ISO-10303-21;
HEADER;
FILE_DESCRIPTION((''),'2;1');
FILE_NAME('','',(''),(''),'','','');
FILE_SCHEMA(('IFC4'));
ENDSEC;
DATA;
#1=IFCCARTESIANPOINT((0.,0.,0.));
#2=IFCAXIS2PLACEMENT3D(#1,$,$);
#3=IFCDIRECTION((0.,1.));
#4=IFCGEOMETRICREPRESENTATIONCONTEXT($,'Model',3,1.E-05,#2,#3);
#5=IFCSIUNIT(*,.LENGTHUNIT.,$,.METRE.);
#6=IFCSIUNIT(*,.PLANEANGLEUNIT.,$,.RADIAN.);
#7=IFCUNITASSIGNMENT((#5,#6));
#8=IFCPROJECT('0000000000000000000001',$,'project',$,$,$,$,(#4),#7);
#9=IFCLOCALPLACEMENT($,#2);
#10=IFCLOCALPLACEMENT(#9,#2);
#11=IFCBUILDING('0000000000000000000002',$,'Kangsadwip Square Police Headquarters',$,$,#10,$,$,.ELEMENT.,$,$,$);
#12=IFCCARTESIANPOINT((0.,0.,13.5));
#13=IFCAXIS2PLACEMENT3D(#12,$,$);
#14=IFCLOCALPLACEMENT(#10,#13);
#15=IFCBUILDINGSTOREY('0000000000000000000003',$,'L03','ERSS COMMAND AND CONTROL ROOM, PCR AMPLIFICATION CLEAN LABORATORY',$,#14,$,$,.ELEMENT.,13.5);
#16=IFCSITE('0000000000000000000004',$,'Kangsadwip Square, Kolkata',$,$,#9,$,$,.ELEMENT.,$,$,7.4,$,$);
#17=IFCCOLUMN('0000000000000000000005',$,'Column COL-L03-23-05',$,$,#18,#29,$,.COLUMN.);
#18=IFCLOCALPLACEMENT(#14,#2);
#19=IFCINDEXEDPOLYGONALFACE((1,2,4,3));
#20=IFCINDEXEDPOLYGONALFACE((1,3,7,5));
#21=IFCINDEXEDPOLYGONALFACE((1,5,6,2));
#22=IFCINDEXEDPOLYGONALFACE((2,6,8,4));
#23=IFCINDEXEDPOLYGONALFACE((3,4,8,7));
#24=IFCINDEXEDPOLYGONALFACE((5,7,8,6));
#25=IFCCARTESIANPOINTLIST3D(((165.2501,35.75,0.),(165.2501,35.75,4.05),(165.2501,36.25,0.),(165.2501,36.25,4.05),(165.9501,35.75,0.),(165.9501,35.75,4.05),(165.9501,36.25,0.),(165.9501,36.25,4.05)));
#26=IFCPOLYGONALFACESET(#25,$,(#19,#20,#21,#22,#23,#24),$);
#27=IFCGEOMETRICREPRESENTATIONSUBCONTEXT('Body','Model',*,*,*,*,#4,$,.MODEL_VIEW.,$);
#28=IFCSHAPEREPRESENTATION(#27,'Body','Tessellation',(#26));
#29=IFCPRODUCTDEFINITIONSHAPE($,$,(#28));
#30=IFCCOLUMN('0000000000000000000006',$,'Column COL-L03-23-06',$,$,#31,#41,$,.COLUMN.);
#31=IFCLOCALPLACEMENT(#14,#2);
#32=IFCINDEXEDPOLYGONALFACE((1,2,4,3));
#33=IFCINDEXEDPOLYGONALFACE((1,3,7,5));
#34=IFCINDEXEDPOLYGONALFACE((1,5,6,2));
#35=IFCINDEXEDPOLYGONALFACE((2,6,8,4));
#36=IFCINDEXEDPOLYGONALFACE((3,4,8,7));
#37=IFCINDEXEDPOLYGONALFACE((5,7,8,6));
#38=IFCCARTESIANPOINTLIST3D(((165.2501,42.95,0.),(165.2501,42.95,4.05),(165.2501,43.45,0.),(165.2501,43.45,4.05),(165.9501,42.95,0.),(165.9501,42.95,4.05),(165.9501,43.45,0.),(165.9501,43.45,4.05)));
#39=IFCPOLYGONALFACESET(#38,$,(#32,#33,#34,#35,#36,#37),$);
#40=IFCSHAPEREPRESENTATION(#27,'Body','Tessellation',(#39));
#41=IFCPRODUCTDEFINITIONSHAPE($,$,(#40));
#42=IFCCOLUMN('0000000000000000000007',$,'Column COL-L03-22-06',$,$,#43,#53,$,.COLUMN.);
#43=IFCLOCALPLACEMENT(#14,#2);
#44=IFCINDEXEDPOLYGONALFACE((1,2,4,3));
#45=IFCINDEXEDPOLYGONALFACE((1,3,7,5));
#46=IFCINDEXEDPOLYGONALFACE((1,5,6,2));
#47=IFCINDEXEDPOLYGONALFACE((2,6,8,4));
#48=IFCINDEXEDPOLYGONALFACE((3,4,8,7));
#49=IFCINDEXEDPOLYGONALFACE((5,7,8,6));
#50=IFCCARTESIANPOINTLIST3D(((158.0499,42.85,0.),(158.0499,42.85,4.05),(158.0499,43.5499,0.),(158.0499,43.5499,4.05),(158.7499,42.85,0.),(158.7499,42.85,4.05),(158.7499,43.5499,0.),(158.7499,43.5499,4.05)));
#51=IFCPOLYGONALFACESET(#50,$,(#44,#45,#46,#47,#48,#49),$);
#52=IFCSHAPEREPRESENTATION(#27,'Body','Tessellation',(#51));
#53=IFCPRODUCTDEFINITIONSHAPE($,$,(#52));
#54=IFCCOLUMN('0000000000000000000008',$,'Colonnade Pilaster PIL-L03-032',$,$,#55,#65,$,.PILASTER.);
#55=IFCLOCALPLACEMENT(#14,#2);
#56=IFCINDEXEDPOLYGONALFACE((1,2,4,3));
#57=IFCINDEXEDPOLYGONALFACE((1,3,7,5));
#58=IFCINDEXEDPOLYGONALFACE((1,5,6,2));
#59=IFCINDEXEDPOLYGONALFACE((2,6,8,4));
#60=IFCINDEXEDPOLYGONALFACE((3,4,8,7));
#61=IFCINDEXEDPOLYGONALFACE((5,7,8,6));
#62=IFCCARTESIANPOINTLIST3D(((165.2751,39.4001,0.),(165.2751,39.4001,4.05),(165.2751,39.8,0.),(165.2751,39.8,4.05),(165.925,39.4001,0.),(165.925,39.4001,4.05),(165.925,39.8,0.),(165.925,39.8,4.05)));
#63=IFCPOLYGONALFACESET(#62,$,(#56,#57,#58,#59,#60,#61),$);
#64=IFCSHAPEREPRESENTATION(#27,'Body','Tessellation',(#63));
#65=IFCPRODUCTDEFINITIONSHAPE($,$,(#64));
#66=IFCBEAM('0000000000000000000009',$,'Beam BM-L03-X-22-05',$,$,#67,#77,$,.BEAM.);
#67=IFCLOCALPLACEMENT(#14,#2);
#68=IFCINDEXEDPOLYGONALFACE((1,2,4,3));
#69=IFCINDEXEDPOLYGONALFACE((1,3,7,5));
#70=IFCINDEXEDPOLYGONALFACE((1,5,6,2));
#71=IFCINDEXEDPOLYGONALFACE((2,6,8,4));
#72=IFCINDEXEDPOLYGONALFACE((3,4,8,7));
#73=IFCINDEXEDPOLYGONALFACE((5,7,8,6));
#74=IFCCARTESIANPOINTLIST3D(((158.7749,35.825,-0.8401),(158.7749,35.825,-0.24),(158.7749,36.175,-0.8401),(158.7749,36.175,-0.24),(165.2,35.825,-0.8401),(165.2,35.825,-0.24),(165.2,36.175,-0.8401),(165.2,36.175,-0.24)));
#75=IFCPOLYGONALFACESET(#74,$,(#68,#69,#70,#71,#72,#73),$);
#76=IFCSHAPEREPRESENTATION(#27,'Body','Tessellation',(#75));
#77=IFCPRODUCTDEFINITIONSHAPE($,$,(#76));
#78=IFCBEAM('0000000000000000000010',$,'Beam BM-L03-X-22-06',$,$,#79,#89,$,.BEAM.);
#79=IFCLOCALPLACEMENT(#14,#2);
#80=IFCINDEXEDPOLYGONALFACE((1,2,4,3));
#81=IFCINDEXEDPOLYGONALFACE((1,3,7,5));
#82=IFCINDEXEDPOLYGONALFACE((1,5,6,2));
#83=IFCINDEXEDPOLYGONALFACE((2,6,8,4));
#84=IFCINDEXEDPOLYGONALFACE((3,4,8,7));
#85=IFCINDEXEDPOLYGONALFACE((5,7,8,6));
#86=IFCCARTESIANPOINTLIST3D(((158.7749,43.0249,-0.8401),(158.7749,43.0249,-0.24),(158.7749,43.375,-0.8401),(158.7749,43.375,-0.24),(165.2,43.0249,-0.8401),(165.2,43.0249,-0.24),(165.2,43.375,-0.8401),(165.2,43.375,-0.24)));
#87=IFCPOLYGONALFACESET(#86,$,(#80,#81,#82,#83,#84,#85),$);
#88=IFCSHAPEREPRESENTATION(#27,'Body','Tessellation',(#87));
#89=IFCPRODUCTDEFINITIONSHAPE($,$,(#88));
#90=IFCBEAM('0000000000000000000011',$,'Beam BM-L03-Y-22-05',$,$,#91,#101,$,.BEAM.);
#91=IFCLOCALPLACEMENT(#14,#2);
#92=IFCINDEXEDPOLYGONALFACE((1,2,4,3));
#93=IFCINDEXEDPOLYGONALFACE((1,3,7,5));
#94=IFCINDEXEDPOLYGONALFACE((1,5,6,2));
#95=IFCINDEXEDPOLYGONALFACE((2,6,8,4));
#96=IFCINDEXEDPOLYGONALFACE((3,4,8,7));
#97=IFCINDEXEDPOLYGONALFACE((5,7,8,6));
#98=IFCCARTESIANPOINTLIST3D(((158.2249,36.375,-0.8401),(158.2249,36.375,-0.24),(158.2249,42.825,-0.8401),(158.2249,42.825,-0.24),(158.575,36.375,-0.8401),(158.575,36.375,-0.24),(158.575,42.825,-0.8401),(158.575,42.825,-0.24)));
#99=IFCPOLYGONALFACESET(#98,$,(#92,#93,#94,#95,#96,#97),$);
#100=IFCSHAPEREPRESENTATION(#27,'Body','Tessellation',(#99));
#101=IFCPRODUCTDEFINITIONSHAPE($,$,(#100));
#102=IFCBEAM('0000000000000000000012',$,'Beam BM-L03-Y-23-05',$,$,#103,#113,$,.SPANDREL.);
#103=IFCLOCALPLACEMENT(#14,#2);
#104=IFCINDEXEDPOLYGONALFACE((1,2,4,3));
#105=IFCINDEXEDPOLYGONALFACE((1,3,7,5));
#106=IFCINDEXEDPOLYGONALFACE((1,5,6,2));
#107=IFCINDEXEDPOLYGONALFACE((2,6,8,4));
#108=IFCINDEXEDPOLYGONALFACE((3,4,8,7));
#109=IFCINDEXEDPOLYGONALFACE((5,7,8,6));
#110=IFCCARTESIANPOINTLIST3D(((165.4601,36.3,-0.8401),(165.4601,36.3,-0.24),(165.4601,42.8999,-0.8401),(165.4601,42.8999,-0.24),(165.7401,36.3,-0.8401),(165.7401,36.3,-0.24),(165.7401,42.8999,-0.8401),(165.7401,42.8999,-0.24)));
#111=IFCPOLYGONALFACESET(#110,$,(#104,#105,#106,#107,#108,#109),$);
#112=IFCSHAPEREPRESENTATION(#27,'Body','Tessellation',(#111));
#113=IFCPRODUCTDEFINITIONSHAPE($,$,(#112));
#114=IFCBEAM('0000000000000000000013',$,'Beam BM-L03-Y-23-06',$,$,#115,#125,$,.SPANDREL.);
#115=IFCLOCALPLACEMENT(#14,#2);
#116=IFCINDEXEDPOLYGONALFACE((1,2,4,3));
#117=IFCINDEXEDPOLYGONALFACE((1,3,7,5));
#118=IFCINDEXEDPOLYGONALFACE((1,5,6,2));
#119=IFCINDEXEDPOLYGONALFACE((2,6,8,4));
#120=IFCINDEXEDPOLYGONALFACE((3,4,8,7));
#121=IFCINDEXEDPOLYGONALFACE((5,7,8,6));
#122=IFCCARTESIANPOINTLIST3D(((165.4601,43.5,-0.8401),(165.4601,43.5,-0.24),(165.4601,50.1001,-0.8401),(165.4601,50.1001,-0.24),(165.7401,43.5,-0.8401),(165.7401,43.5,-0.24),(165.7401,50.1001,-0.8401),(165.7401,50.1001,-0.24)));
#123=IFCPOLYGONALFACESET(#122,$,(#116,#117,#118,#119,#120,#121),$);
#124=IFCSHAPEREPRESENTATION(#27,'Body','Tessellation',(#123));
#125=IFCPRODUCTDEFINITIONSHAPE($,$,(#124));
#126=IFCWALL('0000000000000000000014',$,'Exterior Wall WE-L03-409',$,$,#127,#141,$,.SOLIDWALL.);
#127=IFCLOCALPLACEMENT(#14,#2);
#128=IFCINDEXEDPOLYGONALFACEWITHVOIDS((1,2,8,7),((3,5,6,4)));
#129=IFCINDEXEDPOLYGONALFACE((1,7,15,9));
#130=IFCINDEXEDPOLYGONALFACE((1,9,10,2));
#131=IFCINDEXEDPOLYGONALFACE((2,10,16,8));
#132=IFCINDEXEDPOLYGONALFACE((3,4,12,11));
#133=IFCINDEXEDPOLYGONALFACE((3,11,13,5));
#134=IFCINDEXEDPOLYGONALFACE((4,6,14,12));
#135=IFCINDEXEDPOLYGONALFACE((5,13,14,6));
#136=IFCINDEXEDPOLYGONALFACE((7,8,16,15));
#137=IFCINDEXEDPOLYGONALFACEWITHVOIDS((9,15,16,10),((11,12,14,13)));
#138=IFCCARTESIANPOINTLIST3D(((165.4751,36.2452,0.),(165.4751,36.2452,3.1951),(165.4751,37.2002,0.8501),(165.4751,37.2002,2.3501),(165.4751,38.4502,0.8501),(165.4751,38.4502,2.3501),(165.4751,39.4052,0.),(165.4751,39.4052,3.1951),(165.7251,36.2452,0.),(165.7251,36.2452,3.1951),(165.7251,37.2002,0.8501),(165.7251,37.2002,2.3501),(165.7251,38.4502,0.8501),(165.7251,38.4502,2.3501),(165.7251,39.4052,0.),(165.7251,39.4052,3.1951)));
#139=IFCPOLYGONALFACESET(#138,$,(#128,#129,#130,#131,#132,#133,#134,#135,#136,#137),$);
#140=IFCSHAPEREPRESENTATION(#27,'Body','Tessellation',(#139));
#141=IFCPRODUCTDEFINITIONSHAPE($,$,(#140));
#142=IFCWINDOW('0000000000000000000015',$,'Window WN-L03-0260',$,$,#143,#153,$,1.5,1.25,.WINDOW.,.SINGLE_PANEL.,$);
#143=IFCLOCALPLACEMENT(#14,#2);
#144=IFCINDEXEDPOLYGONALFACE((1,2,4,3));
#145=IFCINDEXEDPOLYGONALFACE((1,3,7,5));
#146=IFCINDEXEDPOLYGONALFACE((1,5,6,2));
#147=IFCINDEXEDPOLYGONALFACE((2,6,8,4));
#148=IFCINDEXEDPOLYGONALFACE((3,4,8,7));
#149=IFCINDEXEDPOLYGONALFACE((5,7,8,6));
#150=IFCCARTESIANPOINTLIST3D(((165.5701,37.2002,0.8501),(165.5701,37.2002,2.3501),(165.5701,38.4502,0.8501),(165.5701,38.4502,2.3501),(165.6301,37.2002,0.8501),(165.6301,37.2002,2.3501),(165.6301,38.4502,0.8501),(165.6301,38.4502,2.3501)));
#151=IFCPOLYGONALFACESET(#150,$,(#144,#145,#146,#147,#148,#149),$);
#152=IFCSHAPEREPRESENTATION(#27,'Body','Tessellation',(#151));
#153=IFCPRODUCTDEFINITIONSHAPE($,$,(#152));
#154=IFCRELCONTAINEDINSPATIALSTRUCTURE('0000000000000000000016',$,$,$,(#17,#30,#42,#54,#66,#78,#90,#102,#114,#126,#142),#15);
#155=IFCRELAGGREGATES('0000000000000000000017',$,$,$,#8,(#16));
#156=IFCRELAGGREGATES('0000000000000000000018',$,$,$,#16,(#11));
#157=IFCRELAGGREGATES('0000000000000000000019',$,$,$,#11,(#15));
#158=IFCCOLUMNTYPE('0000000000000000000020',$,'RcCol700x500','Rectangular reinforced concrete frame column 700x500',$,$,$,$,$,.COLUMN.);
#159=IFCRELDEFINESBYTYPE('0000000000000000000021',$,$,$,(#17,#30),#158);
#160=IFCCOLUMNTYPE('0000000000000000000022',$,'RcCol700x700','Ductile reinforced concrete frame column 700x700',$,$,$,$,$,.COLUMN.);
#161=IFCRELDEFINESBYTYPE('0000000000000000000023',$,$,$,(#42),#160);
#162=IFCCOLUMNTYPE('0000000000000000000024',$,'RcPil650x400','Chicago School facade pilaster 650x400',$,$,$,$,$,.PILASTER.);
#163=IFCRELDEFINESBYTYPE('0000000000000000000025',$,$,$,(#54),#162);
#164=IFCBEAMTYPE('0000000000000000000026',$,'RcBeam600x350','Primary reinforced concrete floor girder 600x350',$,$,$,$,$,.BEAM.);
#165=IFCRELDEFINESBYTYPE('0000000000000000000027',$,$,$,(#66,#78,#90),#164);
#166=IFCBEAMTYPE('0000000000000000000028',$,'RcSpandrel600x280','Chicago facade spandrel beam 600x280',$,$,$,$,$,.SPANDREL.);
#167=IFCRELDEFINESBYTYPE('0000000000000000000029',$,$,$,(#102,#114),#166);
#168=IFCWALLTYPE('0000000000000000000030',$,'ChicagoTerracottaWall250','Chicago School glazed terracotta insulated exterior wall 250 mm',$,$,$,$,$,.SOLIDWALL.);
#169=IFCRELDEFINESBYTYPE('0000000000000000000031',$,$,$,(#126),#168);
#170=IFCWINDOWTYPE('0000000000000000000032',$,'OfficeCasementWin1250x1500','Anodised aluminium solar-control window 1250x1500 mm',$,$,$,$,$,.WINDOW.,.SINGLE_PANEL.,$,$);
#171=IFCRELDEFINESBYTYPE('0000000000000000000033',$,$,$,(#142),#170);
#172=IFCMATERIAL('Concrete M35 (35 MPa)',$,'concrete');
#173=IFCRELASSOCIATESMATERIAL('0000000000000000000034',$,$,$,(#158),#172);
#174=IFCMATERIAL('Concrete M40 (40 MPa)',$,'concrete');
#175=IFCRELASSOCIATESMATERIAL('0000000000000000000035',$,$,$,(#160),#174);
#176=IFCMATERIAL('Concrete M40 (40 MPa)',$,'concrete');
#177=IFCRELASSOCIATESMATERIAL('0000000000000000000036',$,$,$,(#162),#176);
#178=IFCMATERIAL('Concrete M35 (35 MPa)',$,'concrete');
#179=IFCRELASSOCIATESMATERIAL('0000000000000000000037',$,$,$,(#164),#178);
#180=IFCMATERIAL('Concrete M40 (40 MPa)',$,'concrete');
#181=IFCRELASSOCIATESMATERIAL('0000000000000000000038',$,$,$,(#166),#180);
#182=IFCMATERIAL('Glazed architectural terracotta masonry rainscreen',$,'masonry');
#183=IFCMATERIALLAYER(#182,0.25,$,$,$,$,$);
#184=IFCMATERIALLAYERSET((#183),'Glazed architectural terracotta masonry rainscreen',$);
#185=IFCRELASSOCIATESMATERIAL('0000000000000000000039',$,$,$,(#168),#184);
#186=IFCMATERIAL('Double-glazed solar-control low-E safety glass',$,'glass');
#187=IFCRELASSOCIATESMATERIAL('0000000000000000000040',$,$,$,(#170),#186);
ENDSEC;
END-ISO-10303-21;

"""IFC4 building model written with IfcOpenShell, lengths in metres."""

from ifc_helpers import new_model, si_unit, direction, frame, frame_2d, origin, origin_2d, place, context, subcontext, project, spatial, rectangle, extrude, material, layer, layer_set, material_profile, profile_set, type_object, element, fill, save


model = new_model("IFC4")

# Units and contexts
model_context = context("Model", 3, precision=1e-05, world=origin(), true_north=direction((0.0, 1.0)))
body_context = subcontext(model_context, "Body", "Model", "MODEL_VIEW")
ifc_project = project(units=[si_unit("LENGTHUNIT", "METRE"), si_unit("PLANEANGLEUNIT", "RADIAN")], contexts=[model_context])

# Site, building, storey
site_placement = place(None, origin())
site = spatial("IfcSite", under=ifc_project, at=site_placement, Name="Kangsadwip Square, Kolkata", CompositionType="ELEMENT", RefElevation=7.4)
building_placement = place(site_placement, origin())
building = spatial("IfcBuilding", under=site, at=building_placement, Name="Kangsadwip Square Police Headquarters", CompositionType="ELEMENT")
storey_placement = place(building_placement, frame((0.0, 0.0, 13.5)))
storey = spatial("IfcBuildingStorey", under=building, at=storey_placement, Name="L03", Description="ERSS COMMAND AND CONTROL ROOM, PCR AMPLIFICATION CLEAN LABORATORY", CompositionType="ELEMENT", Elevation=13.5)

# Columns
ifc_material_1 = material(Name="Concrete M35 (35 MPa)", Category="concrete")
ifc_material_profile_1 = material_profile(ifc_material_1, rectangle(XDim=0.5, YDim=0.7, at=origin_2d()), Name="RC COL 700X500")
ifc_profile_set_1 = profile_set([ifc_material_profile_1], Name="Concrete M35 (35 MPa)")
column_type_1 = type_object("IfcColumnType", Name="RcCol700x500", Description="Rectangular reinforced concrete frame column 700x500", PredefinedType="COLUMN", material=ifc_profile_set_1)
for number, where, z_axis, x_axis, name in (
    (1, (165.6001, 36.0, 0.0), (0.0, 0.0, 1.0), (0.0, 1.0, 0.0), "Column COL-L03-23-05"),
    (2, (165.6001, 43.2, 0.0), (0.0, 0.0, 1.0), (0.0, 1.0, 0.0), "Column COL-L03-23-06"),
):
    element("IfcColumn", number, at=place(storey_placement, frame(where, z_axis=z_axis, x_axis=x_axis)), inside=storey, type_object=column_type_1, Name=name, PredefinedType="COLUMN", context=body_context, shape_type="SweptSolid", body=[
        extrude(rectangle(XDim=0.5, YDim=0.7, at=origin_2d()), origin(), (0.0, 0.0, 1.0), 4.05),
    ])
ifc_material_2 = material(Name="Concrete M40 (40 MPa)", Category="concrete")
ifc_material_profile_2 = material_profile(ifc_material_2, rectangle(XDim=0.7, YDim=0.7, at=origin_2d()), Name="RC COL 700X700")
ifc_profile_set_2 = profile_set([ifc_material_profile_2], Name="Concrete M40 (40 MPa)")
column_type_2 = type_object("IfcColumnType", Name="RcCol700x700", Description="Ductile reinforced concrete frame column 700x700", PredefinedType="COLUMN", material=ifc_profile_set_2)
column_1_placement = place(storey_placement, frame((158.3999, 43.2, 0.0), z_axis=(0.0, 0.0, 1.0), x_axis=(1.0, 0.0, 0.0)))
element("IfcColumn", 3, at=column_1_placement, inside=storey, type_object=column_type_2, Name="Column COL-L03-22-06", PredefinedType="COLUMN", context=body_context, shape_type="SweptSolid", body=[
    extrude(rectangle(XDim=0.7, YDim=0.7, at=origin_2d()), origin(), (0.0, 0.0, 1.0), 4.05),
])
ifc_material_3 = material(Name="Concrete M40 (40 MPa)", Category="concrete")
ifc_material_profile_3 = material_profile(ifc_material_3, rectangle(XDim=0.3999, YDim=0.6499, at=origin_2d()), Name="RC PIL 650X400")
ifc_profile_set_3 = profile_set([ifc_material_profile_3], Name="Concrete M40 (40 MPa)")
column_type_3 = type_object("IfcColumnType", Name="RcPil650x400", Description="Chicago School facade pilaster 650x400", PredefinedType="PILASTER", material=ifc_profile_set_3)
column_2_placement = place(storey_placement, frame((165.6001, 39.6001, 0.0), z_axis=(0.0, 0.0, 1.0), x_axis=(0.0, 1.0, 0.0)))
element("IfcColumn", 4, at=column_2_placement, inside=storey, type_object=column_type_3, Name="Colonnade Pilaster PIL-L03-032", PredefinedType="PILASTER", context=body_context, shape_type="SweptSolid", body=[
    extrude(rectangle(XDim=0.3999, YDim=0.6499, at=origin_2d()), origin(), (0.0, 0.0, 1.0), 4.05),
])

# Beams
ifc_material_4 = material(Name="Concrete M35 (35 MPa)", Category="concrete")
ifc_material_profile_4 = material_profile(ifc_material_4, rectangle(XDim=0.3501, YDim=0.6001, at=origin_2d()), Name="RC BM 600X350")
ifc_profile_set_4 = profile_set([ifc_material_profile_4], Name="Concrete M35 (35 MPa)")
beam_type_1 = type_object("IfcBeamType", Name="RcBeam600x350", Description="Primary reinforced concrete floor girder 600x350", PredefinedType="BEAM", material=ifc_profile_set_4)
for number, where, z_axis, x_axis, name in (
    (5, (158.7749, 36.0, -0.54), (1.0, 0.0, 0.0), (0.0, 1.0, 0.0), "Beam BM-L03-X-22-05"),
    (6, (158.7749, 43.2, -0.54), (1.0, 0.0, 0.0), (0.0, 1.0, 0.0), "Beam BM-L03-X-22-06"),
):
    element("IfcBeam", number, at=place(storey_placement, frame(where, z_axis=z_axis, x_axis=x_axis)), inside=storey, type_object=beam_type_1, Name=name, PredefinedType="BEAM", context=body_context, shape_type="SweptSolid", body=[
        extrude(rectangle(XDim=0.3501, YDim=0.6001, at=origin_2d()), origin(), (0.0, 0.0, 1.0), 6.425),
    ])
beam_1_placement = place(storey_placement, frame((158.3999, 36.375, -0.54), z_axis=(0.0, 1.0, 0.0), x_axis=(-1.0, 0.0, 0.0)))
element("IfcBeam", 7, at=beam_1_placement, inside=storey, type_object=beam_type_1, Name="Beam BM-L03-Y-22-05", PredefinedType="BEAM", context=body_context, shape_type="SweptSolid", body=[
    extrude(rectangle(XDim=0.3501, YDim=0.6001, at=origin_2d()), origin(), (0.0, 0.0, 1.0), 6.45),
])
ifc_material_5 = material(Name="Concrete M40 (40 MPa)", Category="concrete")
ifc_material_profile_5 = material_profile(ifc_material_5, rectangle(XDim=0.28, YDim=0.6001, at=origin_2d()), Name="RC SPN 600X280")
ifc_profile_set_5 = profile_set([ifc_material_profile_5], Name="Concrete M40 (40 MPa)")
beam_type_2 = type_object("IfcBeamType", Name="RcSpandrel600x280", Description="Chicago facade spandrel beam 600x280", PredefinedType="SPANDREL", material=ifc_profile_set_5)
beam_2_placement = place(storey_placement, frame((165.6001, 36.3, -0.54), z_axis=(0.0, 1.0, 0.0), x_axis=(-1.0, 0.0, 0.0)))
element("IfcBeam", 8, at=beam_2_placement, inside=storey, type_object=beam_type_2, Name="Beam BM-L03-Y-23-05", PredefinedType="SPANDREL", context=body_context, shape_type="SweptSolid", body=[
    extrude(rectangle(XDim=0.28, YDim=0.6001, at=origin_2d()), origin(), (0.0, 0.0, 1.0), 6.5999),
])
beam_3_placement = place(storey_placement, frame((165.6001, 43.5, -0.54), z_axis=(0.0, 1.0, 0.0), x_axis=(-1.0, 0.0, 0.0)))
element("IfcBeam", 9, at=beam_3_placement, inside=storey, type_object=beam_type_2, Name="Beam BM-L03-Y-23-06", PredefinedType="SPANDREL", context=body_context, shape_type="SweptSolid", body=[
    extrude(rectangle(XDim=0.28, YDim=0.6001, at=origin_2d()), origin(), (0.0, 0.0, 1.0), 6.6001),
])

# Wall, opening, window
ifc_material_6 = material(Name="Glazed architectural terracotta masonry rainscreen", Category="masonry")
ifc_layer_1 = layer(ifc_material_6, 0.25)
ifc_layer_set_1 = layer_set([ifc_layer_1], Name="Glazed architectural terracotta masonry rainscreen")
wall_type_1 = type_object("IfcWallType", Name="ChicagoTerracottaWall250", Description="Chicago School glazed terracotta insulated exterior wall 250 mm", PredefinedType="SOLIDWALL", material=ifc_layer_set_1)
wall_1_placement = place(storey_placement, frame((165.6001, 36.2451, 0.0), z_axis=(0.0, 0.0, 1.0), x_axis=(0.0, 1.0, 0.0)))
wall_1 = element("IfcWall", 10, at=wall_1_placement, inside=storey, type_object=wall_type_1, Name="Exterior Wall WE-L03-409", PredefinedType="SOLIDWALL", context=body_context, shape_type="SweptSolid", body=[
    extrude(rectangle(XDim=3.1599, YDim=0.25, at=frame_2d((1.5801, 0.0))), origin(), (0.0, 0.0, 1.0), 3.1951),
])
opening_1_placement = place(wall_1_placement, frame((0.9551, 0.0, 0.8501)))
opening_1 = element("IfcOpeningElement", 11, at=opening_1_placement, cuts=wall_1, PredefinedType="OPENING", context=body_context, shape_type="SweptSolid", body=[
    extrude(rectangle(XDim=1.25, YDim=1.5, at=frame_2d((0.625, 0.75))), frame((0.0, 0.135, 0.0), z_axis=(0.0, -1.0, 0.0), x_axis=(1.0, 0.0, 0.0)), (0.0, 0.0, 1.0), 0.27),
])
ifc_material_7 = material(Name="Double-glazed solar-control low-E safety glass", Category="glass")
window_type_1 = type_object("IfcWindowType", Name="OfficeCasementWin1250x1500", Description="Anodised aluminium solar-control window 1250x1500 mm", PartitioningType="SINGLE_PANEL", PredefinedType="WINDOW", material=ifc_material_7)
window_1_placement = place(opening_1_placement, origin())
window_1 = element("IfcWindow", 12, at=window_1_placement, inside=storey, type_object=window_type_1, Name="Window WN-L03-0260", OverallHeight=1.5, OverallWidth=1.25, PartitioningType="SINGLE_PANEL", PredefinedType="WINDOW", context=body_context, shape_type="SweptSolid", body=[
    extrude(rectangle(XDim=1.25, YDim=1.5, at=frame_2d((0.625, 0.75))), frame((0.0, 0.03, 0.0), z_axis=(0.0, -1.0, 0.0), x_axis=(1.0, 0.0, 0.0)), (0.0, 0.0, 1.0), 0.0601),
])
fill(opening_1, window_1)

save(model, "model.ifc")
